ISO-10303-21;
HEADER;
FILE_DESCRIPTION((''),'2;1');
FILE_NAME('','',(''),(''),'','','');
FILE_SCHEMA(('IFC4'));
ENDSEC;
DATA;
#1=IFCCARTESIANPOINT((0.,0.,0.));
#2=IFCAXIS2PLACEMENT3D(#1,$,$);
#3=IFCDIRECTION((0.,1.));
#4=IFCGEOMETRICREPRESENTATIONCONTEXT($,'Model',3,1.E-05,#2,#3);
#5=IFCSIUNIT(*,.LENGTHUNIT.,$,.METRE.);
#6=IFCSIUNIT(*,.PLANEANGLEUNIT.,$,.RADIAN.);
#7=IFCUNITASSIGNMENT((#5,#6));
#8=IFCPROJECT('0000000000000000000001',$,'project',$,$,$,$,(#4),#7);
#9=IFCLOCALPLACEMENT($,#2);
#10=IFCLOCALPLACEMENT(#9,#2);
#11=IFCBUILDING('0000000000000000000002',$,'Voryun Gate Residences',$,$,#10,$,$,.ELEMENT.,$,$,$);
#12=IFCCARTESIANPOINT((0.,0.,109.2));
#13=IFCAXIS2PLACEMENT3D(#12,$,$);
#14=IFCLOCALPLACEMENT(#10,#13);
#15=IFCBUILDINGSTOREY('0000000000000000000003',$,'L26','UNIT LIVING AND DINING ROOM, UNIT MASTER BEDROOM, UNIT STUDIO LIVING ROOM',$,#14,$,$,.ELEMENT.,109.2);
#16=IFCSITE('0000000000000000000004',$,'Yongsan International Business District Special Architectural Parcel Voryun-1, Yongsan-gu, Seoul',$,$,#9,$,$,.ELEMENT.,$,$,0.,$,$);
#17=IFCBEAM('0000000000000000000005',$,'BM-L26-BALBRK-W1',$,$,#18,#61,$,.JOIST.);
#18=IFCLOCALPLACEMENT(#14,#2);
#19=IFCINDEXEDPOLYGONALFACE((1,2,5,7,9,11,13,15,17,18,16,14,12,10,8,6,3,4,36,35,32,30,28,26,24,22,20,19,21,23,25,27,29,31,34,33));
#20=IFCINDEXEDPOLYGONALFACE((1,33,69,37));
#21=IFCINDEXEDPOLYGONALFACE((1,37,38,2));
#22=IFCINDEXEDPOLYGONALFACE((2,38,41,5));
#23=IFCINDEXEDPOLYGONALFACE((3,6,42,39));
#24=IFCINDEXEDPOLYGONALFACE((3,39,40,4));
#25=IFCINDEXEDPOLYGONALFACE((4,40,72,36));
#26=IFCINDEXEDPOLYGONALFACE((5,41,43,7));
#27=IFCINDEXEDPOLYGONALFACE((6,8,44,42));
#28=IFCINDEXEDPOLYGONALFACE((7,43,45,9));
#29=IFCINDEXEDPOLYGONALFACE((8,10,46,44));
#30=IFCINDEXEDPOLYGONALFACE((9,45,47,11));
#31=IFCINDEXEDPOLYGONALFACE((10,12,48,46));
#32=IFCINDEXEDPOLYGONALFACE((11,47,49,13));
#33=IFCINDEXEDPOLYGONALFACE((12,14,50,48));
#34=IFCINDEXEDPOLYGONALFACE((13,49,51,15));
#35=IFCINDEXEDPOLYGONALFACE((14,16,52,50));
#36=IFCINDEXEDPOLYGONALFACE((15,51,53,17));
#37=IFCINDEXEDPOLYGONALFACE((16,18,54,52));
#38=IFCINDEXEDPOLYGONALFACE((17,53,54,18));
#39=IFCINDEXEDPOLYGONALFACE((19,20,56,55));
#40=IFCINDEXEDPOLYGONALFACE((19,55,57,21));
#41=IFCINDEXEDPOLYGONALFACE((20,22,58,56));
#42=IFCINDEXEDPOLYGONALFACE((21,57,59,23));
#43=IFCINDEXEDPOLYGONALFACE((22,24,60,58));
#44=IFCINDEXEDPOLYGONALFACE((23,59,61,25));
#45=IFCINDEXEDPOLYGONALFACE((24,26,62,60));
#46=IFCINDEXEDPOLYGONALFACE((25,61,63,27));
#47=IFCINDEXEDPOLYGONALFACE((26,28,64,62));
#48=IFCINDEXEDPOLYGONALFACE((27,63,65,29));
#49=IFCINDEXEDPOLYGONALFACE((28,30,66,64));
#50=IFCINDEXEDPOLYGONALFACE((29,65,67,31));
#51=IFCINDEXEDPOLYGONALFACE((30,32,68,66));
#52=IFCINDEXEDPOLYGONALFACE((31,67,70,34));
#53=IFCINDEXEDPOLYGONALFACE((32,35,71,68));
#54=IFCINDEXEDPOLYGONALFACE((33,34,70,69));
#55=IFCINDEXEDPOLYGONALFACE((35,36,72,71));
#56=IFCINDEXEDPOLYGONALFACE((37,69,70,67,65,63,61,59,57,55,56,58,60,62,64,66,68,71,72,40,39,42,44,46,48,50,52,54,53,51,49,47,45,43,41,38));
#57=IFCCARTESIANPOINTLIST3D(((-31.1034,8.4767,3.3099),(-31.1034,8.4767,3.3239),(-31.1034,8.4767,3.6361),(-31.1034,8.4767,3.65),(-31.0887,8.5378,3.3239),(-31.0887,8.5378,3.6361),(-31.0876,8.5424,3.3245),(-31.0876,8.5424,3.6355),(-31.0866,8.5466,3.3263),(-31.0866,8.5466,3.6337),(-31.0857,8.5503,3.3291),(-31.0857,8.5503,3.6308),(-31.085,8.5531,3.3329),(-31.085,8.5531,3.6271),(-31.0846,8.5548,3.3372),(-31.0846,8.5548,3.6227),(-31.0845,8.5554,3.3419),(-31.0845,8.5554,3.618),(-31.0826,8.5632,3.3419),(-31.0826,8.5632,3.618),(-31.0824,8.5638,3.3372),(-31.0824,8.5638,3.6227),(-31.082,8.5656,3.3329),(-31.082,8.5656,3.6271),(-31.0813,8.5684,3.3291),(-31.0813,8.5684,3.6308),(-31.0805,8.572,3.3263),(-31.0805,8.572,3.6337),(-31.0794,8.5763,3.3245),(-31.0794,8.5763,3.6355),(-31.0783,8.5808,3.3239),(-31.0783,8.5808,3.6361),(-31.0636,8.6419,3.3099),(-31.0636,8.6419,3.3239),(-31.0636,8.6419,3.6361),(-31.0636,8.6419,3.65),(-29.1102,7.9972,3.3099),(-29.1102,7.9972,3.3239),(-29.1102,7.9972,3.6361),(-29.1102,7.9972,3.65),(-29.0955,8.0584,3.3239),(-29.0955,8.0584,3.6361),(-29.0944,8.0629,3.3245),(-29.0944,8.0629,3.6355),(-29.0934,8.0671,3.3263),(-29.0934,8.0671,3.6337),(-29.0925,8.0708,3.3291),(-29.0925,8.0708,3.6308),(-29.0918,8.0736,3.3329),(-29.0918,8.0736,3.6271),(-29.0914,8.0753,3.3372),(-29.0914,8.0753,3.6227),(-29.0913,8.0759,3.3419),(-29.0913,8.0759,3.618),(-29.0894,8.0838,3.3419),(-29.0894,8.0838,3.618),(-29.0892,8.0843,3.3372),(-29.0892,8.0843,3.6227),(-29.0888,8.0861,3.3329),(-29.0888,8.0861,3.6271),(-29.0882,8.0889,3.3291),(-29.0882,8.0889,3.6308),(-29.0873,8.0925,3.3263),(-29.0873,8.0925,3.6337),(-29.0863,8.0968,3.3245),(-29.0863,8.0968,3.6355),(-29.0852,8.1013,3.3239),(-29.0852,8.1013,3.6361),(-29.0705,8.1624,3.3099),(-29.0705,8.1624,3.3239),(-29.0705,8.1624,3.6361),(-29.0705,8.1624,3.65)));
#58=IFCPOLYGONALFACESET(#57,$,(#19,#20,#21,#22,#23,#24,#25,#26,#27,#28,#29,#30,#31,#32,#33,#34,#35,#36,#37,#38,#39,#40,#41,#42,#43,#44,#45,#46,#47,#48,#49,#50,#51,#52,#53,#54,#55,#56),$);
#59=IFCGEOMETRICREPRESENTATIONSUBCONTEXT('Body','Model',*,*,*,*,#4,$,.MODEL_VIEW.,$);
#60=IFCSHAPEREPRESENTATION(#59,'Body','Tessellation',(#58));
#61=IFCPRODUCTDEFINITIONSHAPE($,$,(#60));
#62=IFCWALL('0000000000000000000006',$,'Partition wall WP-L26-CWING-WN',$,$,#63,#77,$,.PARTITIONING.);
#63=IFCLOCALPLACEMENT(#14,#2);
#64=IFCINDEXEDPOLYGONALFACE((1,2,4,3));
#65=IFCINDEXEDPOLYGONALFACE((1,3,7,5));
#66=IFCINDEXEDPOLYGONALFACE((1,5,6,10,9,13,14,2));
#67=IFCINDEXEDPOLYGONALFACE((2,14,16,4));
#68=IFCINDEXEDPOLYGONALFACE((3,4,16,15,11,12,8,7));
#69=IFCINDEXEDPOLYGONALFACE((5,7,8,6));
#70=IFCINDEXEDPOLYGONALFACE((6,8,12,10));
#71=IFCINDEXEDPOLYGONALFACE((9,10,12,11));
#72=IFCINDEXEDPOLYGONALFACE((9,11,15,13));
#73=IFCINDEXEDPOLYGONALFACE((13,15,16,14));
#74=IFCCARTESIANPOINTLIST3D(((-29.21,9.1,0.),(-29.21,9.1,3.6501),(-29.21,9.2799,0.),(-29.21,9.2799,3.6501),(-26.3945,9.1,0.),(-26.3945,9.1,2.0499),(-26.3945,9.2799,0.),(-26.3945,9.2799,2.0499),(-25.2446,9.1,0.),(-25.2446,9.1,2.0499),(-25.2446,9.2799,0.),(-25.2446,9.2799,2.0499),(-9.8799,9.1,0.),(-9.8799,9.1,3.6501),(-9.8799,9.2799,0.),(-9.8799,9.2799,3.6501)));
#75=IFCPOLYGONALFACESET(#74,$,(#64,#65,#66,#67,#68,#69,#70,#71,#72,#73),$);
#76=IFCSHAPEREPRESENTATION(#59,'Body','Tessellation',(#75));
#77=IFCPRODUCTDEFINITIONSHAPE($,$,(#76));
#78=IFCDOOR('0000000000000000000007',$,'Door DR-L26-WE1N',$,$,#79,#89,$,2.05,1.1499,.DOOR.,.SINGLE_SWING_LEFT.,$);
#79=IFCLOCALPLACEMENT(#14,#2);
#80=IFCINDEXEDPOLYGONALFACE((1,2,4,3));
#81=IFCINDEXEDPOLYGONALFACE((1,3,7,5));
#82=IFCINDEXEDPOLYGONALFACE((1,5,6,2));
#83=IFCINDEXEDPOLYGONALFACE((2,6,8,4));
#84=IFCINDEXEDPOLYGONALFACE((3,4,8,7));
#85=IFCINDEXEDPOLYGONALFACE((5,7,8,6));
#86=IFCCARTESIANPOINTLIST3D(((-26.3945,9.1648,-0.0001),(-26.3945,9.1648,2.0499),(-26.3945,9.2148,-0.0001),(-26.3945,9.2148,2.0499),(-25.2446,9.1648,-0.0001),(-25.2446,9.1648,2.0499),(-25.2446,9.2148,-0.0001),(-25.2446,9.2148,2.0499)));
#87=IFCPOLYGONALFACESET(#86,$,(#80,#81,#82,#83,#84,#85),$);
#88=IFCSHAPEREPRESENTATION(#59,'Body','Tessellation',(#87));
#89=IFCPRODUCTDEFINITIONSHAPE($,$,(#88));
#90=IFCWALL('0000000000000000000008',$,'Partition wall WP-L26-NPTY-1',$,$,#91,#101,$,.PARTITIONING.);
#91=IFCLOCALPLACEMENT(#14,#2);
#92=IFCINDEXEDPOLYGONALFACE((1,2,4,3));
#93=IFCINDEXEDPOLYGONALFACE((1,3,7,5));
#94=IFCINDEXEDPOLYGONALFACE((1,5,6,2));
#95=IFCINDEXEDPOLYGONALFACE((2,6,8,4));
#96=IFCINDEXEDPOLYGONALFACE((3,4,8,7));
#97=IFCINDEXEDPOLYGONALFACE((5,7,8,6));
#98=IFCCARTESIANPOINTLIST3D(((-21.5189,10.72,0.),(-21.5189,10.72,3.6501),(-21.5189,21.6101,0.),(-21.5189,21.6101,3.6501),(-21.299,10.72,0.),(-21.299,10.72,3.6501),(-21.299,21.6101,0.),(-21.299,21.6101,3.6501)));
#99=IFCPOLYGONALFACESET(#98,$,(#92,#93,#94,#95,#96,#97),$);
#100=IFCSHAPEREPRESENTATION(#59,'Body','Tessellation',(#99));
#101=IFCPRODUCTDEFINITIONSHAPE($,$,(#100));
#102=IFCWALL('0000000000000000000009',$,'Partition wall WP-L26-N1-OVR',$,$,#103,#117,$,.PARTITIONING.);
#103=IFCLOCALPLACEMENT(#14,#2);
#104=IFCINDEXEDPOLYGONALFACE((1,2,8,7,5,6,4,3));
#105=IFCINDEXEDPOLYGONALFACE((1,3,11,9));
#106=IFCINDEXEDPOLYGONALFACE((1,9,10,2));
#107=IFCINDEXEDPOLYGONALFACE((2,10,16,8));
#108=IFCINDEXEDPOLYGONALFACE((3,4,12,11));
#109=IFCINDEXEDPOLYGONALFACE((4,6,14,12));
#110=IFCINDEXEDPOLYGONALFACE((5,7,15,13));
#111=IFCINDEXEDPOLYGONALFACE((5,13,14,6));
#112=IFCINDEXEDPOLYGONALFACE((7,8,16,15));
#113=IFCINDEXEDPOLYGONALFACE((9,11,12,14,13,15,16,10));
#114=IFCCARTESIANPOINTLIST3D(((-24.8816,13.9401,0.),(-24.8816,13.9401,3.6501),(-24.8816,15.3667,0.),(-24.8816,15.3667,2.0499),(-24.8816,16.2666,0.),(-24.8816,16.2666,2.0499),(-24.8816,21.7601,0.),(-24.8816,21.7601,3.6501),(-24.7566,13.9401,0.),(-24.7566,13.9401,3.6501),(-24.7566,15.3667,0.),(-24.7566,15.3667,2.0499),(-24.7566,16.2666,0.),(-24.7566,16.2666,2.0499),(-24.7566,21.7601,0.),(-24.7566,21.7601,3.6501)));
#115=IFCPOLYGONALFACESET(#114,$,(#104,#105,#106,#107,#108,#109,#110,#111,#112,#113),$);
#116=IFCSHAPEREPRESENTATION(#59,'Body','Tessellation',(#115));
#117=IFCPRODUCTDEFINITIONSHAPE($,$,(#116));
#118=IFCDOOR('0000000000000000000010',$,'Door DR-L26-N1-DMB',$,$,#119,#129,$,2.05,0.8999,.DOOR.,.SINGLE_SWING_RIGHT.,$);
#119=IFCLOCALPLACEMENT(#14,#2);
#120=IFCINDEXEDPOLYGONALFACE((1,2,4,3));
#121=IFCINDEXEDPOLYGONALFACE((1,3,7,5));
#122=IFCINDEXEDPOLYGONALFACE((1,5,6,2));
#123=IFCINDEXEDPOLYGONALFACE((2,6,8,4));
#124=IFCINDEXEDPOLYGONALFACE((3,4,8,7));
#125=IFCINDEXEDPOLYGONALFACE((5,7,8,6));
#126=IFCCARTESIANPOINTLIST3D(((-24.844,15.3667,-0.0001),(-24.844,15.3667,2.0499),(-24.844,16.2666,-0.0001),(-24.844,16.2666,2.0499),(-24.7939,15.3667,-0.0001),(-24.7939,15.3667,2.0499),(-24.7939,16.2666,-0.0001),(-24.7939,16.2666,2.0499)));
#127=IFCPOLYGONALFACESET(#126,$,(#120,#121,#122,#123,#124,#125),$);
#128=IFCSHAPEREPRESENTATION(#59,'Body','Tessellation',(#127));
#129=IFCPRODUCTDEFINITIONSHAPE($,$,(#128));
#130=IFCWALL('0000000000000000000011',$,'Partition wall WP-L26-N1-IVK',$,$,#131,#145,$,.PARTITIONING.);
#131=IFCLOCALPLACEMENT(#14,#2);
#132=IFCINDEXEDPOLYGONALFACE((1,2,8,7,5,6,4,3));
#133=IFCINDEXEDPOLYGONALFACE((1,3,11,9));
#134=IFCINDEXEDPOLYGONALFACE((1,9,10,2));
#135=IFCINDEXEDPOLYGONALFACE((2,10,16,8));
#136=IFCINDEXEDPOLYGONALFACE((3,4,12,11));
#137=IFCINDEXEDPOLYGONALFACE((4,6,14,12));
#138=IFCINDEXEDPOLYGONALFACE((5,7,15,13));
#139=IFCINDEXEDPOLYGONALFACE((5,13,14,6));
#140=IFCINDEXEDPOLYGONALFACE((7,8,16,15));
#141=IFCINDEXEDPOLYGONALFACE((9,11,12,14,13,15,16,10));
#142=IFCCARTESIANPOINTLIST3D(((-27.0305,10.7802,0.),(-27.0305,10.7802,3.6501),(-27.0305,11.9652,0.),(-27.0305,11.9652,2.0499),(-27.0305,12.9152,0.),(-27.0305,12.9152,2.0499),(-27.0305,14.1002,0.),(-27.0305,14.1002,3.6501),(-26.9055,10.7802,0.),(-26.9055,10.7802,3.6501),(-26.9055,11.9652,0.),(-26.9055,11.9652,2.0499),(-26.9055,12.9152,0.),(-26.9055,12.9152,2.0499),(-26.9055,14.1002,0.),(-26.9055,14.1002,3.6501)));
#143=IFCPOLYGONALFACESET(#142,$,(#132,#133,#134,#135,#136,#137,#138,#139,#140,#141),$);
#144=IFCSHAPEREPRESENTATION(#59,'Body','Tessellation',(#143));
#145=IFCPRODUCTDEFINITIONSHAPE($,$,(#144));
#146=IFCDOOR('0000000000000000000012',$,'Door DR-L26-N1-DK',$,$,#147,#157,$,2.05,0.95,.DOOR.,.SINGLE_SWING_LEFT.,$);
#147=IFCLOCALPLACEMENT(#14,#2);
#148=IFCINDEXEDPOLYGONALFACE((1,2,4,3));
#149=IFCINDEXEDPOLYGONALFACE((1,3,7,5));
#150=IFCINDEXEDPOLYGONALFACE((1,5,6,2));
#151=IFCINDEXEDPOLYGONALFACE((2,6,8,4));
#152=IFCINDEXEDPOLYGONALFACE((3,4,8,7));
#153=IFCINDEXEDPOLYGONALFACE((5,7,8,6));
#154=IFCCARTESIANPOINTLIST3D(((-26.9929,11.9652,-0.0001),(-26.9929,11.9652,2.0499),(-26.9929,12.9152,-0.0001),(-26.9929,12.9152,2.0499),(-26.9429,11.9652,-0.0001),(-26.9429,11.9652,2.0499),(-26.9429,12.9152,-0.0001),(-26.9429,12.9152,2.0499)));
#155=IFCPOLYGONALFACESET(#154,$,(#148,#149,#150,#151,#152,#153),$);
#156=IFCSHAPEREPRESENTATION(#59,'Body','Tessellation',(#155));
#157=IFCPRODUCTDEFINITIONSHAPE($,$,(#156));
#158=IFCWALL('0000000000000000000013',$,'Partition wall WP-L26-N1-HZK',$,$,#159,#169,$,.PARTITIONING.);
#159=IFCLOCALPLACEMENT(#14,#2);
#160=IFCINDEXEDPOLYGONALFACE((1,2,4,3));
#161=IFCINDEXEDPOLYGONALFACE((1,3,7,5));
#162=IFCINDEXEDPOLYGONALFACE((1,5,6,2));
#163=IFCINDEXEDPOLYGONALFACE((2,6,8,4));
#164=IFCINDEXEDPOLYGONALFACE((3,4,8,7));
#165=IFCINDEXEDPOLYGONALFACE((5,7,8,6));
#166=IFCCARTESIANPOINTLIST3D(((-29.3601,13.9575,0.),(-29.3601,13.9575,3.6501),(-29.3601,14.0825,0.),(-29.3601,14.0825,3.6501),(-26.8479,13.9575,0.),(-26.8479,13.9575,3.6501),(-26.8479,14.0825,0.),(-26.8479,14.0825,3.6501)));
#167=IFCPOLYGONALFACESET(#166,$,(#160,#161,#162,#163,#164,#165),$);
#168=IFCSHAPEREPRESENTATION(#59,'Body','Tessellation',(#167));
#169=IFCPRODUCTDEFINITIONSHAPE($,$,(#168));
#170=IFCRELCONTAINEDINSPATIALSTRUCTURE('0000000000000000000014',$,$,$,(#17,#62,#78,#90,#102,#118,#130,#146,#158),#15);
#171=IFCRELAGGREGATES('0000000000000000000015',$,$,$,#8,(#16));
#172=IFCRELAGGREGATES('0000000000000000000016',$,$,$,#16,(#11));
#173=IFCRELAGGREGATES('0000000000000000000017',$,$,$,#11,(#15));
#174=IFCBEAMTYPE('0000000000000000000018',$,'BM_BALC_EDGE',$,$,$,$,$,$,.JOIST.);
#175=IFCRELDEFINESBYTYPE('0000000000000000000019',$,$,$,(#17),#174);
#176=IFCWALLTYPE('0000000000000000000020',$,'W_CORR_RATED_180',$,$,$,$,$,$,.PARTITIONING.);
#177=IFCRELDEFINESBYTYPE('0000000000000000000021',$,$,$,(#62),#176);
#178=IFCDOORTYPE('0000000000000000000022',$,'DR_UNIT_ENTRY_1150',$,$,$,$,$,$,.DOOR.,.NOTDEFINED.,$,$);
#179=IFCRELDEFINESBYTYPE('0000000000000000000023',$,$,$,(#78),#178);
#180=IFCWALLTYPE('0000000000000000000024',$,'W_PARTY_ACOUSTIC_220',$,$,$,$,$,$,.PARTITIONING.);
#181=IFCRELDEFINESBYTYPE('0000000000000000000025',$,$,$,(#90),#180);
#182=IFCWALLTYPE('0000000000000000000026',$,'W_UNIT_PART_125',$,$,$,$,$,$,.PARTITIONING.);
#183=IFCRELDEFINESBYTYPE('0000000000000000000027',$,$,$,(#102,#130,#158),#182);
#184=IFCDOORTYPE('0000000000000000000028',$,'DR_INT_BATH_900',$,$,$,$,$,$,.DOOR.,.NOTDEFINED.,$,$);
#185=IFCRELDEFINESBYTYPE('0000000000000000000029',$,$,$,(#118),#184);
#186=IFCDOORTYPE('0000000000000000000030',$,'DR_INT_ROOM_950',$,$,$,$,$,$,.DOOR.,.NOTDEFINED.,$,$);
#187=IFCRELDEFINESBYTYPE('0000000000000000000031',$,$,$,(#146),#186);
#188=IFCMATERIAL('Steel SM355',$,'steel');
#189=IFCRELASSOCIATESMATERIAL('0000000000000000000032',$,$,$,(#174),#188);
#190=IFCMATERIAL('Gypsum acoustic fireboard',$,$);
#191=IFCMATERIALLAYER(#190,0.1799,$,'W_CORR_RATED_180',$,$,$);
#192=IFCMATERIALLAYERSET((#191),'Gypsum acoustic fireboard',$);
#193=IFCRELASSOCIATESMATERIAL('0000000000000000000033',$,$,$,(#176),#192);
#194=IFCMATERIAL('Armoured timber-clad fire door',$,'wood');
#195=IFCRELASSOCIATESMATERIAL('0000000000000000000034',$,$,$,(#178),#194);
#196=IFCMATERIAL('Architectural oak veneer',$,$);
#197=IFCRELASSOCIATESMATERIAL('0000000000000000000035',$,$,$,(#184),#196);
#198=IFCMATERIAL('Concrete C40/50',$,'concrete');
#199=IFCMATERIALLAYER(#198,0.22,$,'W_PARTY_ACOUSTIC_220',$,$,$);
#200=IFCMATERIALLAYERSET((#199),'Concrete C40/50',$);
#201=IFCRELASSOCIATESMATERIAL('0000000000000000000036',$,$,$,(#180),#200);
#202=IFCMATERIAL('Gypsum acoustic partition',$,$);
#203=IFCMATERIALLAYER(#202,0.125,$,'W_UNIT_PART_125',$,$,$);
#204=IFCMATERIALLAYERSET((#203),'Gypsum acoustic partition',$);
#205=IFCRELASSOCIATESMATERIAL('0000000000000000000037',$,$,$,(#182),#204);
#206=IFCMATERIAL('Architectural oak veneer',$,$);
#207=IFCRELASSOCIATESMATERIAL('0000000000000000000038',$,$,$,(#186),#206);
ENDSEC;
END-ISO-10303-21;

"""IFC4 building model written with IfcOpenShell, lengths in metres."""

from ifc_helpers import new_model, si_unit, direction, frame, frame_2d, origin, origin_2d, place, context, subcontext, project, spatial, rectangle, i_section, extrude, material, layer, layer_set, material_profile, profile_set, type_object, element, fill, save


model = new_model("IFC4")

# Units and contexts
model_context = context("Model", 3, precision=1e-05, world=origin(), true_north=direction((0.0, 1.0)))
body_context = subcontext(model_context, "Body", "Model", "MODEL_VIEW")
ifc_project = project(units=[si_unit("LENGTHUNIT", "METRE"), si_unit("PLANEANGLEUNIT", "RADIAN")], contexts=[model_context])

# Site, building, storey
site_placement = place(None, origin())
site = spatial("IfcSite", under=ifc_project, at=site_placement, Name="Yongsan International Business District Special Architectural Parcel Voryun-1, Yongsan-gu, Seoul", CompositionType="ELEMENT", RefElevation=0.0)
building_placement = place(site_placement, origin())
building = spatial("IfcBuilding", under=site, at=building_placement, Name="Voryun Gate Residences", CompositionType="ELEMENT")
storey_placement = place(building_placement, frame((0.0, 0.0, 109.2)))
storey = spatial("IfcBuildingStorey", under=building, at=storey_placement, Name="L26", Description="UNIT LIVING AND DINING ROOM, UNIT MASTER BEDROOM, UNIT STUDIO LIVING ROOM", CompositionType="ELEMENT", Elevation=109.2)

# Beam
ifc_material_1 = material(Name="Steel SM355", Category="steel")
ifc_material_profile = material_profile(ifc_material_1, i_section(OverallWidth=0.1699, OverallDepth=0.3401, WebThickness=0.0081, FlangeThickness=0.0139, FilletRadius=0.0181, at=origin_2d()), Name="H-340x170x8x14")
ifc_profile_set = profile_set([ifc_material_profile], Name="Steel SM355")
beam_type = type_object("IfcBeamType", Name="BM_BALC_EDGE", PredefinedType="JOIST", material=ifc_profile_set)
beam_placement = place(storey_placement, frame((-29.0903, 8.0798, 3.48), z_axis=(-0.972262, 0.233895, 0.0), x_axis=(-0.233895, -0.972262, 0.0)))
element("IfcBeam", 1, at=beam_placement, inside=storey, type_object=beam_type, Name="BM-L26-BALBRK-W1", PredefinedType="JOIST", context=body_context, shape_type="SweptSolid", body=[
    extrude(i_section(OverallWidth=0.1699, OverallDepth=0.3401, WebThickness=0.0081, FlangeThickness=0.0139, FilletRadius=0.0181, at=origin_2d()), origin(), (0.0, 0.0, 1.0), 2.05),
])

# Wall, opening, door
ifc_material_2 = material(Name="Gypsum acoustic fireboard")
ifc_layer_1 = layer(ifc_material_2, 0.1799, Name="W_CORR_RATED_180")
ifc_layer_set_1 = layer_set([ifc_layer_1], Name="Gypsum acoustic fireboard")
wall_type_1 = type_object("IfcWallType", Name="W_CORR_RATED_180", PredefinedType="PARTITIONING", material=ifc_layer_set_1)
wall_1_placement = place(storey_placement, frame((-29.21, 9.1899, 0.0), z_axis=(0.0, 0.0, 1.0), x_axis=(1.0, 0.0, 0.0)))
wall_1 = element("IfcWall", 2, at=wall_1_placement, inside=storey, type_object=wall_type_1, Name="Partition wall WP-L26-CWING-WN", PredefinedType="PARTITIONING", context=body_context, shape_type="SweptSolid", body=[
    extrude(rectangle(XDim=19.3301, YDim=0.1799, at=frame_2d((9.665, 0.0))), origin(), (0.0, 0.0, 1.0), 3.6501),
])
opening_1_placement = place(wall_1_placement, frame((2.8154, 0.0, 0.0)))
opening_1 = element("IfcOpeningElement", 3, at=opening_1_placement, cuts=wall_1, PredefinedType="OPENING", context=body_context, shape_type="SweptSolid", body=[
    extrude(rectangle(XDim=1.1499, YDim=2.05, at=frame_2d((0.575, 1.0249))), frame((0.0, 0.0999, 0.0), z_axis=(0.0, -1.0, 0.0), x_axis=(1.0, 0.0, 0.0)), (0.0, 0.0, 1.0), 0.2),
])
ifc_material_3 = material(Name="Armoured timber-clad fire door", Category="wood")
door_type_1 = type_object("IfcDoorType", Name="DR_UNIT_ENTRY_1150", OperationType="NOTDEFINED", PredefinedType="DOOR", material=ifc_material_3)
door_1_placement = place(opening_1_placement, origin())
door_1 = element("IfcDoor", 4, at=door_1_placement, inside=storey, type_object=door_type_1, Name="Door DR-L26-WE1N", OperationType="SINGLE_SWING_LEFT", OverallHeight=2.05, OverallWidth=1.1499, PredefinedType="DOOR", context=body_context, shape_type="SweptSolid", body=[
    extrude(rectangle(XDim=1.1499, YDim=2.05, at=frame_2d((0.575, 1.0249))), frame((0.0, 0.0249, 0.0), z_axis=(0.0, -1.0, 0.0), x_axis=(1.0, 0.0, 0.0)), (0.0, 0.0, 1.0), 0.05),
])
fill(opening_1, door_1)

# Shared definitions
ifc_material_4 = material(Name="Architectural oak veneer")
door_type_2 = type_object("IfcDoorType", Name="DR_INT_BATH_900", OperationType="NOTDEFINED", PredefinedType="DOOR", material=ifc_material_4)

# Wall
ifc_material_5 = material(Name="Concrete C40/50", Category="concrete")
ifc_layer_2 = layer(ifc_material_5, 0.22, Name="W_PARTY_ACOUSTIC_220")
ifc_layer_set_2 = layer_set([ifc_layer_2], Name="Concrete C40/50")
wall_type_2 = type_object("IfcWallType", Name="W_PARTY_ACOUSTIC_220", PredefinedType="PARTITIONING", material=ifc_layer_set_2)
wall_2_placement = place(storey_placement, frame((-21.4089, 10.72, 0.0), z_axis=(0.0, 0.0, 1.0), x_axis=(0.0, 1.0, 0.0)))
element("IfcWall", 5, at=wall_2_placement, inside=storey, type_object=wall_type_2, Name="Partition wall WP-L26-NPTY-1", PredefinedType="PARTITIONING", context=body_context, shape_type="SweptSolid", body=[
    extrude(rectangle(XDim=10.8901, YDim=0.22, at=frame_2d((5.4451, 0.0))), origin(), (0.0, 0.0, 1.0), 3.6501),
])

# Walls, openings, doors
ifc_material_6 = material(Name="Gypsum acoustic partition")
ifc_layer_3 = layer(ifc_material_6, 0.125, Name="W_UNIT_PART_125")
ifc_layer_set_3 = layer_set([ifc_layer_3], Name="Gypsum acoustic partition")
wall_type_3 = type_object("IfcWallType", Name="W_UNIT_PART_125", PredefinedType="PARTITIONING", material=ifc_layer_set_3)
wall_3_placement = place(storey_placement, frame((-24.8191, 13.9399, 0.0), z_axis=(0.0, 0.0, 1.0), x_axis=(0.0, 1.0, 0.0)))
wall_3 = element("IfcWall", 6, at=wall_3_placement, inside=storey, type_object=wall_type_3, Name="Partition wall WP-L26-N1-OVR", PredefinedType="PARTITIONING", context=body_context, shape_type="SweptSolid", body=[
    extrude(rectangle(XDim=7.8201, YDim=0.125, at=frame_2d((3.9102, 0.0))), origin(), (0.0, 0.0, 1.0), 3.6501),
])
opening_2_placement = place(wall_3_placement, frame((1.4268, 0.0, 0.0)))
opening_2 = element("IfcOpeningElement", 7, at=opening_2_placement, cuts=wall_3, PredefinedType="OPENING", context=body_context, shape_type="SweptSolid", body=[
    extrude(rectangle(XDim=0.8999, YDim=2.05, at=frame_2d((0.45, 1.0249))), frame((0.0, 0.0725, 0.0), z_axis=(0.0, -1.0, 0.0), x_axis=(1.0, 0.0, 0.0)), (0.0, 0.0, 1.0), 0.145),
])
door_2_placement = place(opening_2_placement, origin())
door_2 = element("IfcDoor", 8, at=door_2_placement, inside=storey, type_object=door_type_2, Name="Door DR-L26-N1-DMB", OperationType="SINGLE_SWING_RIGHT", OverallHeight=2.05, OverallWidth=0.8999, PredefinedType="DOOR", context=body_context, shape_type="SweptSolid", body=[
    extrude(rectangle(XDim=0.8999, YDim=2.05, at=frame_2d((0.45, 1.0249))), frame((0.0, 0.0249, 0.0), z_axis=(0.0, -1.0, 0.0), x_axis=(1.0, 0.0, 0.0)), (0.0, 0.0, 1.0), 0.05),
])
fill(opening_2, door_2)
wall_4_placement = place(storey_placement, frame((-26.968, 10.78, 0.0), z_axis=(0.0, 0.0, 1.0), x_axis=(0.0, 1.0, 0.0)))
wall_4 = element("IfcWall", 9, at=wall_4_placement, inside=storey, type_object=wall_type_3, Name="Partition wall WP-L26-N1-IVK", PredefinedType="PARTITIONING", context=body_context, shape_type="SweptSolid", body=[
    extrude(rectangle(XDim=3.3201, YDim=0.125, at=frame_2d((1.6602, 0.0))), origin(), (0.0, 0.0, 1.0), 3.6501),
])
opening_3_placement = place(wall_4_placement, frame((1.1851, 0.0, 0.0)))
opening_3 = element("IfcOpeningElement", 10, at=opening_3_placement, cuts=wall_4, PredefinedType="OPENING", context=body_context, shape_type="SweptSolid", body=[
    extrude(rectangle(XDim=0.95, YDim=2.05, at=frame_2d((0.4751, 1.0249))), frame((0.0, 0.0725, 0.0), z_axis=(0.0, -1.0, 0.0), x_axis=(1.0, 0.0, 0.0)), (0.0, 0.0, 1.0), 0.145),
])
ifc_material_7 = material(Name="Architectural oak veneer")
door_type_3 = type_object("IfcDoorType", Name="DR_INT_ROOM_950", OperationType="NOTDEFINED", PredefinedType="DOOR", material=ifc_material_7)
door_3_placement = place(opening_3_placement, origin())
door_3 = element("IfcDoor", 11, at=door_3_placement, inside=storey, type_object=door_type_3, Name="Door DR-L26-N1-DK", OperationType="SINGLE_SWING_LEFT", OverallHeight=2.05, OverallWidth=0.95, PredefinedType="DOOR", context=body_context, shape_type="SweptSolid", body=[
    extrude(rectangle(XDim=0.95, YDim=2.05, at=frame_2d((0.4751, 1.0249))), frame((0.0, 0.0249, 0.0), z_axis=(0.0, -1.0, 0.0), x_axis=(1.0, 0.0, 0.0)), (0.0, 0.0, 1.0), 0.05),
])
fill(opening_3, door_3)

# Wall
wall_5_placement = place(storey_placement, frame((-29.3601, 14.02, 0.0), z_axis=(0.0, 0.0, 1.0), x_axis=(1.0, 0.0, 0.0)))
element("IfcWall", 12, at=wall_5_placement, inside=storey, type_object=wall_type_3, Name="Partition wall WP-L26-N1-HZK", PredefinedType="PARTITIONING", context=body_context, shape_type="SweptSolid", body=[
    extrude(rectangle(XDim=2.5122, YDim=0.125, at=frame_2d((1.2561, 0.0))), origin(), (0.0, 0.0, 1.0), 3.6501),
])

save(model, "model.ifc")
